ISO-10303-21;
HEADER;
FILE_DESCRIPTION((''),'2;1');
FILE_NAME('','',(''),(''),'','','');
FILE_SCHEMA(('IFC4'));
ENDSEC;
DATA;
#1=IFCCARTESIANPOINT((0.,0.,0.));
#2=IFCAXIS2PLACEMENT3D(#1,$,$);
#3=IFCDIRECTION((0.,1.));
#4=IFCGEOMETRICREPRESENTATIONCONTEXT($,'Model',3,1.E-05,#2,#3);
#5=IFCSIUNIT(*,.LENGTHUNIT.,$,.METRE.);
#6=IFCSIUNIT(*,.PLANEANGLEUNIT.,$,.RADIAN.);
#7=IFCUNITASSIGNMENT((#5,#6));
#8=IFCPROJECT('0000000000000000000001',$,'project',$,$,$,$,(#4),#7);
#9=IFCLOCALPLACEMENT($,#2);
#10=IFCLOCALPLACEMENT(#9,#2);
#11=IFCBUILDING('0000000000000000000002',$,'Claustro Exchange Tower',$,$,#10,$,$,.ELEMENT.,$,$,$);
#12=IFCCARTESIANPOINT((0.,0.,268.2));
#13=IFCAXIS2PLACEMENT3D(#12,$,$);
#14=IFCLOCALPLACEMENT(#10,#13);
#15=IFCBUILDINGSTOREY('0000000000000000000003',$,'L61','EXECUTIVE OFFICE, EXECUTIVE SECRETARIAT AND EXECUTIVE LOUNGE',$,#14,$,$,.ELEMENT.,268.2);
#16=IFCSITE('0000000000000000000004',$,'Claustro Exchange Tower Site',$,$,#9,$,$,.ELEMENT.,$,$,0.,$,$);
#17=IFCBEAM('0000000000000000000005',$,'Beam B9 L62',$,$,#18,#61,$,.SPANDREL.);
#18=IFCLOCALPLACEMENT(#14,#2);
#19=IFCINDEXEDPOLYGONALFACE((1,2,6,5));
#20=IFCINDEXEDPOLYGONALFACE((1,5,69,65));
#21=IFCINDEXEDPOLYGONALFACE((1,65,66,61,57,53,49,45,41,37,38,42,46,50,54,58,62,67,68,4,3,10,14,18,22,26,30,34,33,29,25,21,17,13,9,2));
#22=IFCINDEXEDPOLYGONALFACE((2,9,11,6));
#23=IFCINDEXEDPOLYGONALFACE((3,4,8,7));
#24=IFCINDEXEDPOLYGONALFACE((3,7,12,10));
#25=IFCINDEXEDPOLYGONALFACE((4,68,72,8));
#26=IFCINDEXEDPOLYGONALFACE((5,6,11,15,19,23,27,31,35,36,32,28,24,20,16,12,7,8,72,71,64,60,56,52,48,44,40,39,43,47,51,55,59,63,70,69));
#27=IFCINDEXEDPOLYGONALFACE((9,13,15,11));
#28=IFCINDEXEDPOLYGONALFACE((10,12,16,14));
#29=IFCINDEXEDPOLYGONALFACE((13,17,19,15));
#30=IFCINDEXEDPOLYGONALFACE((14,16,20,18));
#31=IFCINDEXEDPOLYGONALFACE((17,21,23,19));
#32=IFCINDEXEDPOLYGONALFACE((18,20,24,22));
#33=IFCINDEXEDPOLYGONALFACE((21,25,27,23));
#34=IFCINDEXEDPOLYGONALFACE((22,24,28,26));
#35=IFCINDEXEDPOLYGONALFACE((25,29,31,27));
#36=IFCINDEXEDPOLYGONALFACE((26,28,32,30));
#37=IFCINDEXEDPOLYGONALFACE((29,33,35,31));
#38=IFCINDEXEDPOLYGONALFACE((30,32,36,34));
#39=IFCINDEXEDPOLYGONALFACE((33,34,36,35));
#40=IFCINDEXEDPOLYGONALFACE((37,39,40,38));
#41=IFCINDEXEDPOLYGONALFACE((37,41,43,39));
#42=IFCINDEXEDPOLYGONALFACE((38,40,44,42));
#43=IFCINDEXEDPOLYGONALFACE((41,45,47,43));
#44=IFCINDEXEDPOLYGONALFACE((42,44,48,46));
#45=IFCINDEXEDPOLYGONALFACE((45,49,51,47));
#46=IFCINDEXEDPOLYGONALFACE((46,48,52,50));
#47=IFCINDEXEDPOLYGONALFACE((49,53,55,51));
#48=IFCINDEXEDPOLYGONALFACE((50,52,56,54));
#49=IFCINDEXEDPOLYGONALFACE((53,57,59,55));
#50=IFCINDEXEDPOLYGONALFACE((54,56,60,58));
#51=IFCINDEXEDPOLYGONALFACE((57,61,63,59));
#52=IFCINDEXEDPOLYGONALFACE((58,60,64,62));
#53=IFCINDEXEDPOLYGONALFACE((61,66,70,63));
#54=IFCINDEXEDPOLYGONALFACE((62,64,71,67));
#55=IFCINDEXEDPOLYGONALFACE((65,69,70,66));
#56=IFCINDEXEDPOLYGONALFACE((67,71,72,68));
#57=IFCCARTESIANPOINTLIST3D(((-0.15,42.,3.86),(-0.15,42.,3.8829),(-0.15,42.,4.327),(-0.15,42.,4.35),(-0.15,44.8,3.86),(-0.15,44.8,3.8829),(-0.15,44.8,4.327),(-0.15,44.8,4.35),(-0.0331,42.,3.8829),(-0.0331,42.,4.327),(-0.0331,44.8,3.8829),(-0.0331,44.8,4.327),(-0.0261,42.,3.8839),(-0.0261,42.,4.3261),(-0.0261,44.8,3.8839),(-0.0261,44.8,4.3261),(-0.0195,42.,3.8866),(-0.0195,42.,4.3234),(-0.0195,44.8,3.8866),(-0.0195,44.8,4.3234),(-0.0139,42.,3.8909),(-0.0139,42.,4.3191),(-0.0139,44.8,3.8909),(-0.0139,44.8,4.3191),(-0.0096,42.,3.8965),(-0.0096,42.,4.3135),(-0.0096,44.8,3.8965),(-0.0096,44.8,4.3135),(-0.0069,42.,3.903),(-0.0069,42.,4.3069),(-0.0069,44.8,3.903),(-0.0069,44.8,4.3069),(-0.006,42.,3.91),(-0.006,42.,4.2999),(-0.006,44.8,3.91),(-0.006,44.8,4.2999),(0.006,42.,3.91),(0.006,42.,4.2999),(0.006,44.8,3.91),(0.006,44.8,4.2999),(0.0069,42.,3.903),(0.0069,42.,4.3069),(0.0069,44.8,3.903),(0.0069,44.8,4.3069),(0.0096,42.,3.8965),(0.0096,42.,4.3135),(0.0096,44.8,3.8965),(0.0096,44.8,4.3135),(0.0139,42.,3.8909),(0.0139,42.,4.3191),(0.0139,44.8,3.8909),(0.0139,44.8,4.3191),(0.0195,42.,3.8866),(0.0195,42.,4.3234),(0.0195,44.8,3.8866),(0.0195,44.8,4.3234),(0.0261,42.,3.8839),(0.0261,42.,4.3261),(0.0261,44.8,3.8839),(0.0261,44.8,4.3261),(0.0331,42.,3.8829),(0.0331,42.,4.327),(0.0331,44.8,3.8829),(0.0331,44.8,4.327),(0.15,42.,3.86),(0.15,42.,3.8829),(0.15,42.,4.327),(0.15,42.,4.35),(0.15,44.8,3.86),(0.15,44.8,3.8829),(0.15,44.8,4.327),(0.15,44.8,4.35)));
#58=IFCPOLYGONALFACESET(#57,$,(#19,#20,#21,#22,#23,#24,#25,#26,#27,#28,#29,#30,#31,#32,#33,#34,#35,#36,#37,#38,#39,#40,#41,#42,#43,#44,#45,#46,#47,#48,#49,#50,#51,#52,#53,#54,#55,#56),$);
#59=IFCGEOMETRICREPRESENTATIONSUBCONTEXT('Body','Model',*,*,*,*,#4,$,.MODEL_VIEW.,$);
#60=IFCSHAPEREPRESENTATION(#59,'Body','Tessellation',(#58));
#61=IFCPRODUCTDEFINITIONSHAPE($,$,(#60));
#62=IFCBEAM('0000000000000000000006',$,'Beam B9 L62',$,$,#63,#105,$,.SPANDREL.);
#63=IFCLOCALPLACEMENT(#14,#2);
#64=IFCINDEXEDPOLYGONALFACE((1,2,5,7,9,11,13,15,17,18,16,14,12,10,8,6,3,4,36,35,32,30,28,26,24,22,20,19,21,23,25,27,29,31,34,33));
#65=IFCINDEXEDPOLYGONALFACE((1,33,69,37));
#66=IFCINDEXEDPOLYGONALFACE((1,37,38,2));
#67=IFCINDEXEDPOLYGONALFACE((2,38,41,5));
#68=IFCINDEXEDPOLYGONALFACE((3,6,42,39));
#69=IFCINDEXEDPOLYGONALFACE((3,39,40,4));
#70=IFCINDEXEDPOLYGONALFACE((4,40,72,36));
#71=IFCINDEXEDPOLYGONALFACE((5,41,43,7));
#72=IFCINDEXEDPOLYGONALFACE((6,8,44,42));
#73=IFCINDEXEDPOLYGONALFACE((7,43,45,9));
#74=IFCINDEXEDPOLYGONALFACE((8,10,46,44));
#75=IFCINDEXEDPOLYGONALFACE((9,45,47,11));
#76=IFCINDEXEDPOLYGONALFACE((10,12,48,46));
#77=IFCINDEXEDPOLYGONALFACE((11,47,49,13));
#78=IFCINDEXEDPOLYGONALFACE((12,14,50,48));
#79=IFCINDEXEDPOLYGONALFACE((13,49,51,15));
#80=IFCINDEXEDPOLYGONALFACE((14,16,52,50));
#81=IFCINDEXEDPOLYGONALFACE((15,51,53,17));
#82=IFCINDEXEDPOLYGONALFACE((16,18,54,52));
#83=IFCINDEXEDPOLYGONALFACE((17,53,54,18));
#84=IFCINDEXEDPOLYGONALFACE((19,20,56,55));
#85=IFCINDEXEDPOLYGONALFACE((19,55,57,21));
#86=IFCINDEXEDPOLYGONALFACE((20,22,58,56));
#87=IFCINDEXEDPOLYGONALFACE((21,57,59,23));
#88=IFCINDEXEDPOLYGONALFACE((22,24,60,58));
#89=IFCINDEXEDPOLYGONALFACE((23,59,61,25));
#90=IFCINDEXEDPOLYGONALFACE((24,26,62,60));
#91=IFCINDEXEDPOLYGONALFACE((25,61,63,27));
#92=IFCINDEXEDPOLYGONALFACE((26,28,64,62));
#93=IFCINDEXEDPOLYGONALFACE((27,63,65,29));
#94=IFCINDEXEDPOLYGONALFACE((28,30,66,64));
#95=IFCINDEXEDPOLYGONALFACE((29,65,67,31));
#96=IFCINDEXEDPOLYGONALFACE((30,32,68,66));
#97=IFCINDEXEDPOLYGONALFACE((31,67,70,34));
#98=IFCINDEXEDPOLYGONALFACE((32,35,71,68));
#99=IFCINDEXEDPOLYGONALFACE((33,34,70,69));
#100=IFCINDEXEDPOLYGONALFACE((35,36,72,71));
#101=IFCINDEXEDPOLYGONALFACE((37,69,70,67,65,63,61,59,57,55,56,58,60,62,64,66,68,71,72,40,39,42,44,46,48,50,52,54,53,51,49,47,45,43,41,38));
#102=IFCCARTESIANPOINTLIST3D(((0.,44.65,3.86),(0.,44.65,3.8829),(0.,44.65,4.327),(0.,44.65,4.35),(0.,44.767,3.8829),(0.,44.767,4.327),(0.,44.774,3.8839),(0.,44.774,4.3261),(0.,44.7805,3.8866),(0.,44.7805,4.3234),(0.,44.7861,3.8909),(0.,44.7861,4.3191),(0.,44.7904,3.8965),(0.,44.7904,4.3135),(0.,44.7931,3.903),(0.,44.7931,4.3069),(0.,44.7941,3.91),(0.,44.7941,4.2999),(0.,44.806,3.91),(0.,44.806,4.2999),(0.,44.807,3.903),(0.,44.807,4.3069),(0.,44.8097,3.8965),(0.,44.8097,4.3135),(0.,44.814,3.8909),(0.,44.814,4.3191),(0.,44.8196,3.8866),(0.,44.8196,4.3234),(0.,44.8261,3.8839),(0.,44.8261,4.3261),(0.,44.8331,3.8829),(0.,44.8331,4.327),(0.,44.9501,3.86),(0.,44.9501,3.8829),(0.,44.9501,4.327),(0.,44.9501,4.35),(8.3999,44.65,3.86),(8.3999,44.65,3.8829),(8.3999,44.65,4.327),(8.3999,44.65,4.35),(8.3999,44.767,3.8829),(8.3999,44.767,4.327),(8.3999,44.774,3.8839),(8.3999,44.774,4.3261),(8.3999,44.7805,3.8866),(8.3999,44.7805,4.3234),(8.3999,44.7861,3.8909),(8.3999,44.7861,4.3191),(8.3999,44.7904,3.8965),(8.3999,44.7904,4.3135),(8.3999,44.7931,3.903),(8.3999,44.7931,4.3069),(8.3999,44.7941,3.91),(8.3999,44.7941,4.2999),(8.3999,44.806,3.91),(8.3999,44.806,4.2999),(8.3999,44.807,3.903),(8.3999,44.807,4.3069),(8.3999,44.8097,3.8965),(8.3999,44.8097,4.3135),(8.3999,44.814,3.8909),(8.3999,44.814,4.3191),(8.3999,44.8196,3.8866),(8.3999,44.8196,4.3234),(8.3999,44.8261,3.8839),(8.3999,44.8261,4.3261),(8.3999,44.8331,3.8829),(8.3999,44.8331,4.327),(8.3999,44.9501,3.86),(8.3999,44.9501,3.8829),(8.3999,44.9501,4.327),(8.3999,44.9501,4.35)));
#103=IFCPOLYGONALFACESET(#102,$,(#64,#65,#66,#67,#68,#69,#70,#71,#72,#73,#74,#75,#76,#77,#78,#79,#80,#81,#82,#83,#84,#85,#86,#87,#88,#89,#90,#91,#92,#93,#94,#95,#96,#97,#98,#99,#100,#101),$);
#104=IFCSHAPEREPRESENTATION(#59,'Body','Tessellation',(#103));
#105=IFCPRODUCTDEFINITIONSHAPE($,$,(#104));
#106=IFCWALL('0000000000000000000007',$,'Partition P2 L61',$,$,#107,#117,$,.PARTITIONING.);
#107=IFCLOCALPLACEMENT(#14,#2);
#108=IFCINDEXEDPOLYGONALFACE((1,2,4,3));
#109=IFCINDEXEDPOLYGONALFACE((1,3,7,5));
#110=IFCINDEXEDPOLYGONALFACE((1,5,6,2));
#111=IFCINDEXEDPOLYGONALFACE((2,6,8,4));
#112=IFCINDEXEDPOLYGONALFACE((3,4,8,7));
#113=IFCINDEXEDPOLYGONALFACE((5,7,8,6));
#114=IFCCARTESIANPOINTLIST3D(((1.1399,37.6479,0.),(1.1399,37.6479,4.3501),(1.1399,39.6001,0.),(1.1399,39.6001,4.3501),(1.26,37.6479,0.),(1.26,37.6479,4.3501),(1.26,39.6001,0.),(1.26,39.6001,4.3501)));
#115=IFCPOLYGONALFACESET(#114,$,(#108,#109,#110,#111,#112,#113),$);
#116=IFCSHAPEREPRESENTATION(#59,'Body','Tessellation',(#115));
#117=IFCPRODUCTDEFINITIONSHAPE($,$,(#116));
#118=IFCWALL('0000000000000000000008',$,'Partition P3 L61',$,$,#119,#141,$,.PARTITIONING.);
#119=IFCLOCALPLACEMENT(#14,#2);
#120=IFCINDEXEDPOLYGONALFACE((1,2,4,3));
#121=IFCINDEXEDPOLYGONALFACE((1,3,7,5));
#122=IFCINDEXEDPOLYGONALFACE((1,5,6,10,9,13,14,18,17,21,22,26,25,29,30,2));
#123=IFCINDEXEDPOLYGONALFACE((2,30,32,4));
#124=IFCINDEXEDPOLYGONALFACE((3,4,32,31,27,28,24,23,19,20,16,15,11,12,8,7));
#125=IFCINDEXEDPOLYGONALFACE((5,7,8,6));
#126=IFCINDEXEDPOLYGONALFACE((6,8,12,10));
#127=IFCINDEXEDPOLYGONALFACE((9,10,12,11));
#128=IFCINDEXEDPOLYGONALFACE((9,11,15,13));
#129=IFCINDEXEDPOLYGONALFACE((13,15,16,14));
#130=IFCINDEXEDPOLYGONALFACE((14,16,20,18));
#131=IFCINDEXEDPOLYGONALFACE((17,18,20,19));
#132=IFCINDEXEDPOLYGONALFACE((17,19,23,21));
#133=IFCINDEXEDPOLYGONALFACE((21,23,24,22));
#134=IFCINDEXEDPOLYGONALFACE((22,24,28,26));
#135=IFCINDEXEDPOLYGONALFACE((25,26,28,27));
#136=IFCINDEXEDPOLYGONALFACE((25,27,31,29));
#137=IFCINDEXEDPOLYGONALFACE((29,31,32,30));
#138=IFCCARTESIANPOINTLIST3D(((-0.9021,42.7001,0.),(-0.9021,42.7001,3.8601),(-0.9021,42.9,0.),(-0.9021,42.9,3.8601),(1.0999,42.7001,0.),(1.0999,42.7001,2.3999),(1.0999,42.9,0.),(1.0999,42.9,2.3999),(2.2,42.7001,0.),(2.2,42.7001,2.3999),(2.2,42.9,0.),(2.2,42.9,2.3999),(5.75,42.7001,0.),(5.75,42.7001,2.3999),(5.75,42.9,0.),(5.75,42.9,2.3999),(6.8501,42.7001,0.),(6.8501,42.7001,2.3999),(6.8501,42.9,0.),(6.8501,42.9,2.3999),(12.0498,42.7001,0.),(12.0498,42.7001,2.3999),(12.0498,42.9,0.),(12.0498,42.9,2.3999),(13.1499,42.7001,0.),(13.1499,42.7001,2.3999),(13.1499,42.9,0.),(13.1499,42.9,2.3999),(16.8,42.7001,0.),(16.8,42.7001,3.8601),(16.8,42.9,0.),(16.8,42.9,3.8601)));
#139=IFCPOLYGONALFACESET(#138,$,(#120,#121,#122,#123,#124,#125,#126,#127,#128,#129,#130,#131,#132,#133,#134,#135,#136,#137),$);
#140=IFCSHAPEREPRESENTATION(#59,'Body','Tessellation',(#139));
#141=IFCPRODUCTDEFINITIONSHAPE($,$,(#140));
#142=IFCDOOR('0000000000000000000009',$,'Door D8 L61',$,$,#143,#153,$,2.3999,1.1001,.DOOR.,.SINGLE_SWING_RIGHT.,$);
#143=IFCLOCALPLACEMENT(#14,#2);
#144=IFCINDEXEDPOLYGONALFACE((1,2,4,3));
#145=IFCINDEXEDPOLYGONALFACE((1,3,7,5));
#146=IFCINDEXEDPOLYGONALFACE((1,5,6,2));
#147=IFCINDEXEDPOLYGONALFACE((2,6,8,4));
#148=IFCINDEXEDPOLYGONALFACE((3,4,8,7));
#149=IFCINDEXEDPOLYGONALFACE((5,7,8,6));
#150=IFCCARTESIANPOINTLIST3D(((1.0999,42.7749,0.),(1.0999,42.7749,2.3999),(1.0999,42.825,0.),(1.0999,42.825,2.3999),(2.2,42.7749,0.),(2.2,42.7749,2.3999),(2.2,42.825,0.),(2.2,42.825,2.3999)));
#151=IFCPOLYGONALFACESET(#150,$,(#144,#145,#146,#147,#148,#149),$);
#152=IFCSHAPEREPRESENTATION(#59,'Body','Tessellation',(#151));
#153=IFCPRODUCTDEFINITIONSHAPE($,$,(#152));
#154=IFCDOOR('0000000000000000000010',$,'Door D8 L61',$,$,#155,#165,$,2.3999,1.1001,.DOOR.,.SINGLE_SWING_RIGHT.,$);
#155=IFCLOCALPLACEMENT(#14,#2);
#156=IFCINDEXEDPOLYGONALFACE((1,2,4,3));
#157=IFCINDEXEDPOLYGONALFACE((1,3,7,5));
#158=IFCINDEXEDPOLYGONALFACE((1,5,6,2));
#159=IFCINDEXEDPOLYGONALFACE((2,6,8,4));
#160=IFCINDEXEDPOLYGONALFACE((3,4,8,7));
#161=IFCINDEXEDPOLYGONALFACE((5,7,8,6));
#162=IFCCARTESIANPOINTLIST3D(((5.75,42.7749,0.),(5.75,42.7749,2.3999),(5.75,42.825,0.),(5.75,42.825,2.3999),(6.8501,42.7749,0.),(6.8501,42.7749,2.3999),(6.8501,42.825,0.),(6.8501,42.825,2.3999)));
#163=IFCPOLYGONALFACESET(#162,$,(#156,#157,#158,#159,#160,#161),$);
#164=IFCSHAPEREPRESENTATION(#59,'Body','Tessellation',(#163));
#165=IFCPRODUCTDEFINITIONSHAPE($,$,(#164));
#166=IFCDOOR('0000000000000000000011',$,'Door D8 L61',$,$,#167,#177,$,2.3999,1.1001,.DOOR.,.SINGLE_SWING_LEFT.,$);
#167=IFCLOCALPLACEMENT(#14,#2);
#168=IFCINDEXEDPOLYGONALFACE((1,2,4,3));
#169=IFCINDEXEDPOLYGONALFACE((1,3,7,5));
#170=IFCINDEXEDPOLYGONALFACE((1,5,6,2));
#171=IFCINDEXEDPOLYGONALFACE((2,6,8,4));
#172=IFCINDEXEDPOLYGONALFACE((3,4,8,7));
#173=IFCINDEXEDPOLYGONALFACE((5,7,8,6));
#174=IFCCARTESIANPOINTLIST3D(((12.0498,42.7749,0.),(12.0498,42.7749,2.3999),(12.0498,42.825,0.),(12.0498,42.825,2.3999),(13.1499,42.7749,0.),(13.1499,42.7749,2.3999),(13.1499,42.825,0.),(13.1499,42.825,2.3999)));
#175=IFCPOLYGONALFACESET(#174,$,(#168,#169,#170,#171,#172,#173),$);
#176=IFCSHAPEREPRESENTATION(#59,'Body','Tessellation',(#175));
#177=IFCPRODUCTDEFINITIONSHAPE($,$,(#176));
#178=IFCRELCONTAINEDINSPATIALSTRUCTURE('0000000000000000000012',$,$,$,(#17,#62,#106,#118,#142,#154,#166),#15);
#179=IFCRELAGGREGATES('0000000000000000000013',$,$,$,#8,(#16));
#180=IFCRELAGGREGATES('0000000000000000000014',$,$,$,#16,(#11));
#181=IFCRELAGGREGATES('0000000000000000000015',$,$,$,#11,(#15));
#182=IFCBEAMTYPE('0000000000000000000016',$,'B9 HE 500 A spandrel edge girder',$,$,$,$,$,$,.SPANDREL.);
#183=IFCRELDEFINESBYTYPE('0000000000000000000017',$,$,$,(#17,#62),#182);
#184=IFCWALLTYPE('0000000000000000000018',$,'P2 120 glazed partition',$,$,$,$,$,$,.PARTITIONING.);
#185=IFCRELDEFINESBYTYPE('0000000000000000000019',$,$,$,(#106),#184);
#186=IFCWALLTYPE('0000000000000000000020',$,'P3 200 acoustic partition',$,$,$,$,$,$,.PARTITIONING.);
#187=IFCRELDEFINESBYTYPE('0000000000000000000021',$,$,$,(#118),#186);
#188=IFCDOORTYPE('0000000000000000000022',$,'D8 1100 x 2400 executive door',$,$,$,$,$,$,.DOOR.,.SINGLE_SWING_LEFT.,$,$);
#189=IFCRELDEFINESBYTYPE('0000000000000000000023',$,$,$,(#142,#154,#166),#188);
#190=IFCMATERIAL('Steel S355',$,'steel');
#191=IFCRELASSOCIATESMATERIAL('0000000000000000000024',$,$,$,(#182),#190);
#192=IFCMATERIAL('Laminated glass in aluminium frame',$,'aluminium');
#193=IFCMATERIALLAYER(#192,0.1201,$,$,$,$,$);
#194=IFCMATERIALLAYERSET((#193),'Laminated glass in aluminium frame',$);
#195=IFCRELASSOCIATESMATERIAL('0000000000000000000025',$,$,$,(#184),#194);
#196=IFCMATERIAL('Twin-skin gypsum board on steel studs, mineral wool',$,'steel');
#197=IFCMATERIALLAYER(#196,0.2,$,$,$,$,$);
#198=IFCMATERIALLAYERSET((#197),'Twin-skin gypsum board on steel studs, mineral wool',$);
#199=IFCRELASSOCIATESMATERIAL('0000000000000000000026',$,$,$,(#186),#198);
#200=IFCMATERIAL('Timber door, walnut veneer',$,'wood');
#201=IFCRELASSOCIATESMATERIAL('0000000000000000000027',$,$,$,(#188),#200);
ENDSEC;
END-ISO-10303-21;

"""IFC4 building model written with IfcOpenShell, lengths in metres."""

from ifc_helpers import new_model, si_unit, direction, frame, frame_2d, origin, origin_2d, place, context, subcontext, project, spatial, rectangle, i_section, extrude, material, layer, layer_set, material_profile, profile_set, type_object, element, fill, save


model = new_model("IFC4")

# Units and contexts
model_context = context("Model", 3, precision=1e-05, world=origin(), true_north=direction((0.0, 1.0)))
body_context = subcontext(model_context, "Body", "Model", "MODEL_VIEW")
ifc_project = project(units=[si_unit("LENGTHUNIT", "METRE"), si_unit("PLANEANGLEUNIT", "RADIAN")], contexts=[model_context])

# Site, building, storey
site_placement = place(None, origin())
site = spatial("IfcSite", under=ifc_project, at=site_placement, Name="Claustro Exchange Tower Site", CompositionType="ELEMENT", RefElevation=0.0)
building_placement = place(site_placement, origin())
building = spatial("IfcBuilding", under=site, at=building_placement, Name="Claustro Exchange Tower", CompositionType="ELEMENT")
storey_placement = place(building_placement, frame((0.0, 0.0, 268.2)))
storey = spatial("IfcBuildingStorey", under=building, at=storey_placement, Name="L61", Description="EXECUTIVE OFFICE, EXECUTIVE SECRETARIAT AND EXECUTIVE LOUNGE", CompositionType="ELEMENT", Elevation=268.2)

# Beams
ifc_material_1 = material(Name="Steel S355", Category="steel")
ifc_material_profile_1 = material_profile(ifc_material_1, i_section(OverallWidth=0.3, OverallDepth=0.49, WebThickness=0.012, FlangeThickness=0.0229, FilletRadius=0.0271, at=origin_2d()), Name="HE 500 A")
ifc_profile_set_1 = profile_set([ifc_material_profile_1], Name="Steel S355")
beam_type_1 = type_object("IfcBeamType", Name="B9 HE 500 A spandrel edge girder", PredefinedType="SPANDREL", material=ifc_profile_set_1)
beam_1_placement = place(storey_placement, frame((0.0, 42.0, 4.105), z_axis=(0.0, 1.0, 0.0), x_axis=(-1.0, 0.0, 0.0)))
element("IfcBeam", 1, at=beam_1_placement, inside=storey, type_object=beam_type_1, Name="Beam B9 L62", PredefinedType="SPANDREL", context=body_context, shape_type="SweptSolid", body=[
    extrude(i_section(OverallWidth=0.3, OverallDepth=0.49, WebThickness=0.012, FlangeThickness=0.0229, FilletRadius=0.0271, at=origin_2d()), origin(), (0.0, 0.0, 1.0), 2.8),
])
beam_2_placement = place(storey_placement, frame((0.0, 44.8, 4.105), z_axis=(1.0, 0.0, 0.0), x_axis=(0.0, 1.0, 0.0)))
element("IfcBeam", 2, at=beam_2_placement, inside=storey, type_object=beam_type_1, Name="Beam B9 L62", PredefinedType="SPANDREL", context=body_context, shape_type="SweptSolid", body=[
    extrude(i_section(OverallWidth=0.3, OverallDepth=0.49, WebThickness=0.012, FlangeThickness=0.0229, FilletRadius=0.0271, at=origin_2d()), origin(), (0.0, 0.0, 1.0), 8.3999),
])

# Wall
ifc_material_2 = material(Name="Laminated glass in aluminium frame", Category="aluminium")
ifc_layer_1 = layer(ifc_material_2, 0.1201)
ifc_layer_set_1 = layer_set([ifc_layer_1], Name="Laminated glass in aluminium frame")
wall_type_1 = type_object("IfcWallType", Name="P2 120 glazed partition", PredefinedType="PARTITIONING", material=ifc_layer_set_1)
wall_1_placement = place(storey_placement, frame((1.2, 37.6479, 0.0), z_axis=(0.0, 0.0, 1.0), x_axis=(0.0, 1.0, 0.0)))
element("IfcWall", 3, at=wall_1_placement, inside=storey, type_object=wall_type_1, Name="Partition P2 L61", PredefinedType="PARTITIONING", context=body_context, shape_type="SweptSolid", body=[
    extrude(rectangle(XDim=1.9521, YDim=0.1201, at=frame_2d((0.9761, 0.0))), origin(), (0.0, 0.0, 1.0), 4.3501),
])

# Wall, openings, doors
ifc_material_3 = material(Name="Twin-skin gypsum board on steel studs, mineral wool", Category="steel")
ifc_layer_2 = layer(ifc_material_3, 0.2)
ifc_layer_set_2 = layer_set([ifc_layer_2], Name="Twin-skin gypsum board on steel studs, mineral wool")
wall_type_2 = type_object("IfcWallType", Name="P3 200 acoustic partition", PredefinedType="PARTITIONING", material=ifc_layer_set_2)
wall_2_placement = place(storey_placement, frame((-0.9021, 42.8, 0.0), z_axis=(0.0, 0.0, 1.0), x_axis=(1.0, 0.0, 0.0)))
wall_2 = element("IfcWall", 4, at=wall_2_placement, inside=storey, type_object=wall_type_2, Name="Partition P3 L61", PredefinedType="PARTITIONING", context=body_context, shape_type="SweptSolid", body=[
    extrude(rectangle(XDim=17.7021, YDim=0.2, at=frame_2d((8.8511, 0.0))), origin(), (0.0, 0.0, 1.0), 3.8601),
])
opening_1_placement = place(wall_2_placement, frame((2.002, 0.0, 0.0)))
opening_1 = element("IfcOpeningElement", 5, at=opening_1_placement, cuts=wall_2, PredefinedType="OPENING", context=body_context, shape_type="SweptSolid", body=[
    extrude(rectangle(XDim=1.1001, YDim=2.3999, at=frame_2d((0.55, 1.2))), frame((0.0, 0.1099, 0.0), z_axis=(0.0, -1.0, 0.0), x_axis=(1.0, 0.0, 0.0)), (0.0, 0.0, 1.0), 0.22),
])
opening_2_placement = place(wall_2_placement, frame((6.6521, 0.0, 0.0)))
opening_2 = element("IfcOpeningElement", 6, at=opening_2_placement, cuts=wall_2, PredefinedType="OPENING", context=body_context, shape_type="SweptSolid", body=[
    extrude(rectangle(XDim=1.1001, YDim=2.3999, at=frame_2d((0.55, 1.2))), frame((0.0, 0.1099, 0.0), z_axis=(0.0, -1.0, 0.0), x_axis=(1.0, 0.0, 0.0)), (0.0, 0.0, 1.0), 0.22),
])
opening_3_placement = place(wall_2_placement, frame((12.9519, 0.0, 0.0)))
opening_3 = element("IfcOpeningElement", 7, at=opening_3_placement, cuts=wall_2, PredefinedType="OPENING", context=body_context, shape_type="SweptSolid", body=[
    extrude(rectangle(XDim=1.1001, YDim=2.3999, at=frame_2d((0.55, 1.2))), frame((0.0, 0.1099, 0.0), z_axis=(0.0, -1.0, 0.0), x_axis=(1.0, 0.0, 0.0)), (0.0, 0.0, 1.0), 0.22),
])
ifc_material_4 = material(Name="Timber door, walnut veneer", Category="wood")
door_type_1 = type_object("IfcDoorType", Name="D8 1100 x 2400 executive door", OperationType="SINGLE_SWING_LEFT", PredefinedType="DOOR", material=ifc_material_4)
door_1_placement = place(opening_1_placement, origin())
door_1 = element("IfcDoor", 8, at=door_1_placement, inside=storey, type_object=door_type_1, Name="Door D8 L61", OperationType="SINGLE_SWING_RIGHT", OverallHeight=2.3999, OverallWidth=1.1001, PredefinedType="DOOR", context=body_context, shape_type="SweptSolid", body=[
    extrude(rectangle(XDim=1.1001, YDim=2.3999, at=frame_2d((0.55, 1.2))), frame((0.0, 0.0249, 0.0), z_axis=(0.0, -1.0, 0.0), x_axis=(1.0, 0.0, 0.0)), (0.0, 0.0, 1.0), 0.05),
])
fill(opening_1, door_1)
door_2_placement = place(opening_2_placement, origin())
door_2 = element("IfcDoor", 9, at=door_2_placement, inside=storey, type_object=door_type_1, Name="Door D8 L61", OperationType="SINGLE_SWING_RIGHT", OverallHeight=2.3999, OverallWidth=1.1001, PredefinedType="DOOR", context=body_context, shape_type="SweptSolid", body=[
    extrude(rectangle(XDim=1.1001, YDim=2.3999, at=frame_2d((0.55, 1.2))), frame((0.0, 0.0249, 0.0), z_axis=(0.0, -1.0, 0.0), x_axis=(1.0, 0.0, 0.0)), (0.0, 0.0, 1.0), 0.05),
])
fill(opening_2, door_2)
door_3_placement = place(opening_3_placement, origin())
door_3 = element("IfcDoor", 10, at=door_3_placement, inside=storey, type_object=door_type_1, Name="Door D8 L61", OperationType="SINGLE_SWING_LEFT", OverallHeight=2.3999, OverallWidth=1.1001, PredefinedType="DOOR", context=body_context, shape_type="SweptSolid", body=[
    extrude(rectangle(XDim=1.1001, YDim=2.3999, at=frame_2d((0.55, 1.2))), frame((0.0, 0.0249, 0.0), z_axis=(0.0, -1.0, 0.0), x_axis=(1.0, 0.0, 0.0)), (0.0, 0.0, 1.0), 0.05),
])
fill(opening_3, door_3)

save(model, "model.ifc")
